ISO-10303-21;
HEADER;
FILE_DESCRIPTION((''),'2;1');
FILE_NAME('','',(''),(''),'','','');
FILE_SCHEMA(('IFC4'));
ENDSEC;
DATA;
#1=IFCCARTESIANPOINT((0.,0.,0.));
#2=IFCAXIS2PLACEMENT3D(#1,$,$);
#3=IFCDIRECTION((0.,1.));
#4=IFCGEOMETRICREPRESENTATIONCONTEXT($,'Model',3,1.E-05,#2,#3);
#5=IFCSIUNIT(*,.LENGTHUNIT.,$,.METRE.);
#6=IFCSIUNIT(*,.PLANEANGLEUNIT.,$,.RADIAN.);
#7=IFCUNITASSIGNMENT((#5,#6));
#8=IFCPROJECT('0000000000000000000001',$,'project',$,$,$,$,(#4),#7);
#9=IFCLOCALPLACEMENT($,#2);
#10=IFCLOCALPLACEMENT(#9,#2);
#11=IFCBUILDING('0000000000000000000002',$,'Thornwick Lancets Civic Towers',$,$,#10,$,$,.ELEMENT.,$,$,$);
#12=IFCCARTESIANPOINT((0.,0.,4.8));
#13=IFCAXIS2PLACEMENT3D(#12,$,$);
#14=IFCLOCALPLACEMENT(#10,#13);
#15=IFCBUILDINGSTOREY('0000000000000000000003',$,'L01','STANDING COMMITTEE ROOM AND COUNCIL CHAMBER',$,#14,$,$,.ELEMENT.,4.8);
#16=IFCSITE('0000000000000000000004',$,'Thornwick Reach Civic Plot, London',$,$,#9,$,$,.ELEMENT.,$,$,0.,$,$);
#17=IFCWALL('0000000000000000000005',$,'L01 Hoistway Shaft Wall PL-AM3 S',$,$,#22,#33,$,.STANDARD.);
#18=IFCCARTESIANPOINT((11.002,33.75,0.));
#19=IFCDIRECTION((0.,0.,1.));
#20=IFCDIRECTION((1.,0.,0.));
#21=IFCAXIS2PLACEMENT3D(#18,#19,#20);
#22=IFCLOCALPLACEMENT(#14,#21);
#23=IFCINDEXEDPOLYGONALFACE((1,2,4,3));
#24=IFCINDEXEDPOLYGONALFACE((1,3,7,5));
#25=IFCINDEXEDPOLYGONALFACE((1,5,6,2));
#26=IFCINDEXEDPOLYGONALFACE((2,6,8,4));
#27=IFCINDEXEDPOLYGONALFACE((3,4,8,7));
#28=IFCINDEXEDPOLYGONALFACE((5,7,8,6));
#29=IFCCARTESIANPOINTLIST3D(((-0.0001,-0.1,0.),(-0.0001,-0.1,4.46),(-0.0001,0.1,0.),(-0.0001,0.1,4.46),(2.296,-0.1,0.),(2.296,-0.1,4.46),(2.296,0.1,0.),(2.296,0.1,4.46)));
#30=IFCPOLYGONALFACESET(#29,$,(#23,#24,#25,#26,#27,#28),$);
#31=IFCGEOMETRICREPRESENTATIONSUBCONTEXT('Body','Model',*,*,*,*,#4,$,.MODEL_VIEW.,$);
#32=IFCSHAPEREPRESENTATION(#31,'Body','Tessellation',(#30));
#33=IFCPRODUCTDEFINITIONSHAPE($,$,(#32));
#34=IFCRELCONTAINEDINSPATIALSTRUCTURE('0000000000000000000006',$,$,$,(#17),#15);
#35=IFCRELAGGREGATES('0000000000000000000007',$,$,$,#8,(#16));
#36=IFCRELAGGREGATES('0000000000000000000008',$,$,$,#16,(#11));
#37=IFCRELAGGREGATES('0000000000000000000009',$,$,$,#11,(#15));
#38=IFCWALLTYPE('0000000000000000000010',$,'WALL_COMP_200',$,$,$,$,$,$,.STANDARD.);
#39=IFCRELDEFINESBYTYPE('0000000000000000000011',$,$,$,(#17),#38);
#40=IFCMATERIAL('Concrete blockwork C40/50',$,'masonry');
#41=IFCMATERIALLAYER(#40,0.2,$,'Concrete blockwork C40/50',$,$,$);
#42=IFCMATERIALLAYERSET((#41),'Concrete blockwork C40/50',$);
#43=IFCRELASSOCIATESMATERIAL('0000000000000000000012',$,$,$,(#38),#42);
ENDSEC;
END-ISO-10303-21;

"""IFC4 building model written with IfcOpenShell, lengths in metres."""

from ifc_helpers import new_model, si_unit, direction, frame, frame_2d, origin, place, context, subcontext, project, spatial, rectangle, extrude, material, layer, layer_set, type_object, element, save


model = new_model("IFC4")

# Units and contexts
model_context = context("Model", 3, precision=1e-05, world=origin(), true_north=direction((0.0, 1.0)))
body_context = subcontext(model_context, "Body", "Model", "MODEL_VIEW")
ifc_project = project(units=[si_unit("LENGTHUNIT", "METRE"), si_unit("PLANEANGLEUNIT", "RADIAN")], contexts=[model_context])

# Site, building, storey
site_placement = place(None, origin())
site = spatial("IfcSite", under=ifc_project, at=site_placement, Name="Thornwick Reach Civic Plot, London", CompositionType="ELEMENT", RefElevation=0.0)
building_placement = place(site_placement, origin())
building = spatial("IfcBuilding", under=site, at=building_placement, Name="Thornwick Lancets Civic Towers", CompositionType="ELEMENT")
storey_placement = place(building_placement, frame((0.0, 0.0, 4.8)))
storey = spatial("IfcBuildingStorey", under=building, at=storey_placement, Name="L01", Description="STANDING COMMITTEE ROOM AND COUNCIL CHAMBER", CompositionType="ELEMENT", Elevation=4.8)

# Wall
ifc_material_1 = material(Name="Concrete blockwork C40/50", Category="masonry")
ifc_layer_1 = layer(ifc_material_1, 0.2, Name="Concrete blockwork C40/50")
ifc_layer_set_1 = layer_set([ifc_layer_1], Name="Concrete blockwork C40/50")
wall_type_1 = type_object("IfcWallType", Name="WALL_COMP_200", PredefinedType="STANDARD", material=ifc_layer_set_1)
wall_1_placement = place(storey_placement, frame((11.002, 33.75, 0.0), z_axis=(0.0, 0.0, 1.0), x_axis=(1.0, 0.0, 0.0)))
element("IfcWall", 1, at=wall_1_placement, inside=storey, type_object=wall_type_1, Name="L01 Hoistway Shaft Wall PL-AM3 S", PredefinedType="STANDARD", context=body_context, shape_type="SweptSolid", body=[
    extrude(rectangle(XDim=2.2961, YDim=0.2, at=frame_2d((1.1479, 0.0))), origin(), (0.0, 0.0, 1.0), 4.46),
])

save(model, "model.ifc")
